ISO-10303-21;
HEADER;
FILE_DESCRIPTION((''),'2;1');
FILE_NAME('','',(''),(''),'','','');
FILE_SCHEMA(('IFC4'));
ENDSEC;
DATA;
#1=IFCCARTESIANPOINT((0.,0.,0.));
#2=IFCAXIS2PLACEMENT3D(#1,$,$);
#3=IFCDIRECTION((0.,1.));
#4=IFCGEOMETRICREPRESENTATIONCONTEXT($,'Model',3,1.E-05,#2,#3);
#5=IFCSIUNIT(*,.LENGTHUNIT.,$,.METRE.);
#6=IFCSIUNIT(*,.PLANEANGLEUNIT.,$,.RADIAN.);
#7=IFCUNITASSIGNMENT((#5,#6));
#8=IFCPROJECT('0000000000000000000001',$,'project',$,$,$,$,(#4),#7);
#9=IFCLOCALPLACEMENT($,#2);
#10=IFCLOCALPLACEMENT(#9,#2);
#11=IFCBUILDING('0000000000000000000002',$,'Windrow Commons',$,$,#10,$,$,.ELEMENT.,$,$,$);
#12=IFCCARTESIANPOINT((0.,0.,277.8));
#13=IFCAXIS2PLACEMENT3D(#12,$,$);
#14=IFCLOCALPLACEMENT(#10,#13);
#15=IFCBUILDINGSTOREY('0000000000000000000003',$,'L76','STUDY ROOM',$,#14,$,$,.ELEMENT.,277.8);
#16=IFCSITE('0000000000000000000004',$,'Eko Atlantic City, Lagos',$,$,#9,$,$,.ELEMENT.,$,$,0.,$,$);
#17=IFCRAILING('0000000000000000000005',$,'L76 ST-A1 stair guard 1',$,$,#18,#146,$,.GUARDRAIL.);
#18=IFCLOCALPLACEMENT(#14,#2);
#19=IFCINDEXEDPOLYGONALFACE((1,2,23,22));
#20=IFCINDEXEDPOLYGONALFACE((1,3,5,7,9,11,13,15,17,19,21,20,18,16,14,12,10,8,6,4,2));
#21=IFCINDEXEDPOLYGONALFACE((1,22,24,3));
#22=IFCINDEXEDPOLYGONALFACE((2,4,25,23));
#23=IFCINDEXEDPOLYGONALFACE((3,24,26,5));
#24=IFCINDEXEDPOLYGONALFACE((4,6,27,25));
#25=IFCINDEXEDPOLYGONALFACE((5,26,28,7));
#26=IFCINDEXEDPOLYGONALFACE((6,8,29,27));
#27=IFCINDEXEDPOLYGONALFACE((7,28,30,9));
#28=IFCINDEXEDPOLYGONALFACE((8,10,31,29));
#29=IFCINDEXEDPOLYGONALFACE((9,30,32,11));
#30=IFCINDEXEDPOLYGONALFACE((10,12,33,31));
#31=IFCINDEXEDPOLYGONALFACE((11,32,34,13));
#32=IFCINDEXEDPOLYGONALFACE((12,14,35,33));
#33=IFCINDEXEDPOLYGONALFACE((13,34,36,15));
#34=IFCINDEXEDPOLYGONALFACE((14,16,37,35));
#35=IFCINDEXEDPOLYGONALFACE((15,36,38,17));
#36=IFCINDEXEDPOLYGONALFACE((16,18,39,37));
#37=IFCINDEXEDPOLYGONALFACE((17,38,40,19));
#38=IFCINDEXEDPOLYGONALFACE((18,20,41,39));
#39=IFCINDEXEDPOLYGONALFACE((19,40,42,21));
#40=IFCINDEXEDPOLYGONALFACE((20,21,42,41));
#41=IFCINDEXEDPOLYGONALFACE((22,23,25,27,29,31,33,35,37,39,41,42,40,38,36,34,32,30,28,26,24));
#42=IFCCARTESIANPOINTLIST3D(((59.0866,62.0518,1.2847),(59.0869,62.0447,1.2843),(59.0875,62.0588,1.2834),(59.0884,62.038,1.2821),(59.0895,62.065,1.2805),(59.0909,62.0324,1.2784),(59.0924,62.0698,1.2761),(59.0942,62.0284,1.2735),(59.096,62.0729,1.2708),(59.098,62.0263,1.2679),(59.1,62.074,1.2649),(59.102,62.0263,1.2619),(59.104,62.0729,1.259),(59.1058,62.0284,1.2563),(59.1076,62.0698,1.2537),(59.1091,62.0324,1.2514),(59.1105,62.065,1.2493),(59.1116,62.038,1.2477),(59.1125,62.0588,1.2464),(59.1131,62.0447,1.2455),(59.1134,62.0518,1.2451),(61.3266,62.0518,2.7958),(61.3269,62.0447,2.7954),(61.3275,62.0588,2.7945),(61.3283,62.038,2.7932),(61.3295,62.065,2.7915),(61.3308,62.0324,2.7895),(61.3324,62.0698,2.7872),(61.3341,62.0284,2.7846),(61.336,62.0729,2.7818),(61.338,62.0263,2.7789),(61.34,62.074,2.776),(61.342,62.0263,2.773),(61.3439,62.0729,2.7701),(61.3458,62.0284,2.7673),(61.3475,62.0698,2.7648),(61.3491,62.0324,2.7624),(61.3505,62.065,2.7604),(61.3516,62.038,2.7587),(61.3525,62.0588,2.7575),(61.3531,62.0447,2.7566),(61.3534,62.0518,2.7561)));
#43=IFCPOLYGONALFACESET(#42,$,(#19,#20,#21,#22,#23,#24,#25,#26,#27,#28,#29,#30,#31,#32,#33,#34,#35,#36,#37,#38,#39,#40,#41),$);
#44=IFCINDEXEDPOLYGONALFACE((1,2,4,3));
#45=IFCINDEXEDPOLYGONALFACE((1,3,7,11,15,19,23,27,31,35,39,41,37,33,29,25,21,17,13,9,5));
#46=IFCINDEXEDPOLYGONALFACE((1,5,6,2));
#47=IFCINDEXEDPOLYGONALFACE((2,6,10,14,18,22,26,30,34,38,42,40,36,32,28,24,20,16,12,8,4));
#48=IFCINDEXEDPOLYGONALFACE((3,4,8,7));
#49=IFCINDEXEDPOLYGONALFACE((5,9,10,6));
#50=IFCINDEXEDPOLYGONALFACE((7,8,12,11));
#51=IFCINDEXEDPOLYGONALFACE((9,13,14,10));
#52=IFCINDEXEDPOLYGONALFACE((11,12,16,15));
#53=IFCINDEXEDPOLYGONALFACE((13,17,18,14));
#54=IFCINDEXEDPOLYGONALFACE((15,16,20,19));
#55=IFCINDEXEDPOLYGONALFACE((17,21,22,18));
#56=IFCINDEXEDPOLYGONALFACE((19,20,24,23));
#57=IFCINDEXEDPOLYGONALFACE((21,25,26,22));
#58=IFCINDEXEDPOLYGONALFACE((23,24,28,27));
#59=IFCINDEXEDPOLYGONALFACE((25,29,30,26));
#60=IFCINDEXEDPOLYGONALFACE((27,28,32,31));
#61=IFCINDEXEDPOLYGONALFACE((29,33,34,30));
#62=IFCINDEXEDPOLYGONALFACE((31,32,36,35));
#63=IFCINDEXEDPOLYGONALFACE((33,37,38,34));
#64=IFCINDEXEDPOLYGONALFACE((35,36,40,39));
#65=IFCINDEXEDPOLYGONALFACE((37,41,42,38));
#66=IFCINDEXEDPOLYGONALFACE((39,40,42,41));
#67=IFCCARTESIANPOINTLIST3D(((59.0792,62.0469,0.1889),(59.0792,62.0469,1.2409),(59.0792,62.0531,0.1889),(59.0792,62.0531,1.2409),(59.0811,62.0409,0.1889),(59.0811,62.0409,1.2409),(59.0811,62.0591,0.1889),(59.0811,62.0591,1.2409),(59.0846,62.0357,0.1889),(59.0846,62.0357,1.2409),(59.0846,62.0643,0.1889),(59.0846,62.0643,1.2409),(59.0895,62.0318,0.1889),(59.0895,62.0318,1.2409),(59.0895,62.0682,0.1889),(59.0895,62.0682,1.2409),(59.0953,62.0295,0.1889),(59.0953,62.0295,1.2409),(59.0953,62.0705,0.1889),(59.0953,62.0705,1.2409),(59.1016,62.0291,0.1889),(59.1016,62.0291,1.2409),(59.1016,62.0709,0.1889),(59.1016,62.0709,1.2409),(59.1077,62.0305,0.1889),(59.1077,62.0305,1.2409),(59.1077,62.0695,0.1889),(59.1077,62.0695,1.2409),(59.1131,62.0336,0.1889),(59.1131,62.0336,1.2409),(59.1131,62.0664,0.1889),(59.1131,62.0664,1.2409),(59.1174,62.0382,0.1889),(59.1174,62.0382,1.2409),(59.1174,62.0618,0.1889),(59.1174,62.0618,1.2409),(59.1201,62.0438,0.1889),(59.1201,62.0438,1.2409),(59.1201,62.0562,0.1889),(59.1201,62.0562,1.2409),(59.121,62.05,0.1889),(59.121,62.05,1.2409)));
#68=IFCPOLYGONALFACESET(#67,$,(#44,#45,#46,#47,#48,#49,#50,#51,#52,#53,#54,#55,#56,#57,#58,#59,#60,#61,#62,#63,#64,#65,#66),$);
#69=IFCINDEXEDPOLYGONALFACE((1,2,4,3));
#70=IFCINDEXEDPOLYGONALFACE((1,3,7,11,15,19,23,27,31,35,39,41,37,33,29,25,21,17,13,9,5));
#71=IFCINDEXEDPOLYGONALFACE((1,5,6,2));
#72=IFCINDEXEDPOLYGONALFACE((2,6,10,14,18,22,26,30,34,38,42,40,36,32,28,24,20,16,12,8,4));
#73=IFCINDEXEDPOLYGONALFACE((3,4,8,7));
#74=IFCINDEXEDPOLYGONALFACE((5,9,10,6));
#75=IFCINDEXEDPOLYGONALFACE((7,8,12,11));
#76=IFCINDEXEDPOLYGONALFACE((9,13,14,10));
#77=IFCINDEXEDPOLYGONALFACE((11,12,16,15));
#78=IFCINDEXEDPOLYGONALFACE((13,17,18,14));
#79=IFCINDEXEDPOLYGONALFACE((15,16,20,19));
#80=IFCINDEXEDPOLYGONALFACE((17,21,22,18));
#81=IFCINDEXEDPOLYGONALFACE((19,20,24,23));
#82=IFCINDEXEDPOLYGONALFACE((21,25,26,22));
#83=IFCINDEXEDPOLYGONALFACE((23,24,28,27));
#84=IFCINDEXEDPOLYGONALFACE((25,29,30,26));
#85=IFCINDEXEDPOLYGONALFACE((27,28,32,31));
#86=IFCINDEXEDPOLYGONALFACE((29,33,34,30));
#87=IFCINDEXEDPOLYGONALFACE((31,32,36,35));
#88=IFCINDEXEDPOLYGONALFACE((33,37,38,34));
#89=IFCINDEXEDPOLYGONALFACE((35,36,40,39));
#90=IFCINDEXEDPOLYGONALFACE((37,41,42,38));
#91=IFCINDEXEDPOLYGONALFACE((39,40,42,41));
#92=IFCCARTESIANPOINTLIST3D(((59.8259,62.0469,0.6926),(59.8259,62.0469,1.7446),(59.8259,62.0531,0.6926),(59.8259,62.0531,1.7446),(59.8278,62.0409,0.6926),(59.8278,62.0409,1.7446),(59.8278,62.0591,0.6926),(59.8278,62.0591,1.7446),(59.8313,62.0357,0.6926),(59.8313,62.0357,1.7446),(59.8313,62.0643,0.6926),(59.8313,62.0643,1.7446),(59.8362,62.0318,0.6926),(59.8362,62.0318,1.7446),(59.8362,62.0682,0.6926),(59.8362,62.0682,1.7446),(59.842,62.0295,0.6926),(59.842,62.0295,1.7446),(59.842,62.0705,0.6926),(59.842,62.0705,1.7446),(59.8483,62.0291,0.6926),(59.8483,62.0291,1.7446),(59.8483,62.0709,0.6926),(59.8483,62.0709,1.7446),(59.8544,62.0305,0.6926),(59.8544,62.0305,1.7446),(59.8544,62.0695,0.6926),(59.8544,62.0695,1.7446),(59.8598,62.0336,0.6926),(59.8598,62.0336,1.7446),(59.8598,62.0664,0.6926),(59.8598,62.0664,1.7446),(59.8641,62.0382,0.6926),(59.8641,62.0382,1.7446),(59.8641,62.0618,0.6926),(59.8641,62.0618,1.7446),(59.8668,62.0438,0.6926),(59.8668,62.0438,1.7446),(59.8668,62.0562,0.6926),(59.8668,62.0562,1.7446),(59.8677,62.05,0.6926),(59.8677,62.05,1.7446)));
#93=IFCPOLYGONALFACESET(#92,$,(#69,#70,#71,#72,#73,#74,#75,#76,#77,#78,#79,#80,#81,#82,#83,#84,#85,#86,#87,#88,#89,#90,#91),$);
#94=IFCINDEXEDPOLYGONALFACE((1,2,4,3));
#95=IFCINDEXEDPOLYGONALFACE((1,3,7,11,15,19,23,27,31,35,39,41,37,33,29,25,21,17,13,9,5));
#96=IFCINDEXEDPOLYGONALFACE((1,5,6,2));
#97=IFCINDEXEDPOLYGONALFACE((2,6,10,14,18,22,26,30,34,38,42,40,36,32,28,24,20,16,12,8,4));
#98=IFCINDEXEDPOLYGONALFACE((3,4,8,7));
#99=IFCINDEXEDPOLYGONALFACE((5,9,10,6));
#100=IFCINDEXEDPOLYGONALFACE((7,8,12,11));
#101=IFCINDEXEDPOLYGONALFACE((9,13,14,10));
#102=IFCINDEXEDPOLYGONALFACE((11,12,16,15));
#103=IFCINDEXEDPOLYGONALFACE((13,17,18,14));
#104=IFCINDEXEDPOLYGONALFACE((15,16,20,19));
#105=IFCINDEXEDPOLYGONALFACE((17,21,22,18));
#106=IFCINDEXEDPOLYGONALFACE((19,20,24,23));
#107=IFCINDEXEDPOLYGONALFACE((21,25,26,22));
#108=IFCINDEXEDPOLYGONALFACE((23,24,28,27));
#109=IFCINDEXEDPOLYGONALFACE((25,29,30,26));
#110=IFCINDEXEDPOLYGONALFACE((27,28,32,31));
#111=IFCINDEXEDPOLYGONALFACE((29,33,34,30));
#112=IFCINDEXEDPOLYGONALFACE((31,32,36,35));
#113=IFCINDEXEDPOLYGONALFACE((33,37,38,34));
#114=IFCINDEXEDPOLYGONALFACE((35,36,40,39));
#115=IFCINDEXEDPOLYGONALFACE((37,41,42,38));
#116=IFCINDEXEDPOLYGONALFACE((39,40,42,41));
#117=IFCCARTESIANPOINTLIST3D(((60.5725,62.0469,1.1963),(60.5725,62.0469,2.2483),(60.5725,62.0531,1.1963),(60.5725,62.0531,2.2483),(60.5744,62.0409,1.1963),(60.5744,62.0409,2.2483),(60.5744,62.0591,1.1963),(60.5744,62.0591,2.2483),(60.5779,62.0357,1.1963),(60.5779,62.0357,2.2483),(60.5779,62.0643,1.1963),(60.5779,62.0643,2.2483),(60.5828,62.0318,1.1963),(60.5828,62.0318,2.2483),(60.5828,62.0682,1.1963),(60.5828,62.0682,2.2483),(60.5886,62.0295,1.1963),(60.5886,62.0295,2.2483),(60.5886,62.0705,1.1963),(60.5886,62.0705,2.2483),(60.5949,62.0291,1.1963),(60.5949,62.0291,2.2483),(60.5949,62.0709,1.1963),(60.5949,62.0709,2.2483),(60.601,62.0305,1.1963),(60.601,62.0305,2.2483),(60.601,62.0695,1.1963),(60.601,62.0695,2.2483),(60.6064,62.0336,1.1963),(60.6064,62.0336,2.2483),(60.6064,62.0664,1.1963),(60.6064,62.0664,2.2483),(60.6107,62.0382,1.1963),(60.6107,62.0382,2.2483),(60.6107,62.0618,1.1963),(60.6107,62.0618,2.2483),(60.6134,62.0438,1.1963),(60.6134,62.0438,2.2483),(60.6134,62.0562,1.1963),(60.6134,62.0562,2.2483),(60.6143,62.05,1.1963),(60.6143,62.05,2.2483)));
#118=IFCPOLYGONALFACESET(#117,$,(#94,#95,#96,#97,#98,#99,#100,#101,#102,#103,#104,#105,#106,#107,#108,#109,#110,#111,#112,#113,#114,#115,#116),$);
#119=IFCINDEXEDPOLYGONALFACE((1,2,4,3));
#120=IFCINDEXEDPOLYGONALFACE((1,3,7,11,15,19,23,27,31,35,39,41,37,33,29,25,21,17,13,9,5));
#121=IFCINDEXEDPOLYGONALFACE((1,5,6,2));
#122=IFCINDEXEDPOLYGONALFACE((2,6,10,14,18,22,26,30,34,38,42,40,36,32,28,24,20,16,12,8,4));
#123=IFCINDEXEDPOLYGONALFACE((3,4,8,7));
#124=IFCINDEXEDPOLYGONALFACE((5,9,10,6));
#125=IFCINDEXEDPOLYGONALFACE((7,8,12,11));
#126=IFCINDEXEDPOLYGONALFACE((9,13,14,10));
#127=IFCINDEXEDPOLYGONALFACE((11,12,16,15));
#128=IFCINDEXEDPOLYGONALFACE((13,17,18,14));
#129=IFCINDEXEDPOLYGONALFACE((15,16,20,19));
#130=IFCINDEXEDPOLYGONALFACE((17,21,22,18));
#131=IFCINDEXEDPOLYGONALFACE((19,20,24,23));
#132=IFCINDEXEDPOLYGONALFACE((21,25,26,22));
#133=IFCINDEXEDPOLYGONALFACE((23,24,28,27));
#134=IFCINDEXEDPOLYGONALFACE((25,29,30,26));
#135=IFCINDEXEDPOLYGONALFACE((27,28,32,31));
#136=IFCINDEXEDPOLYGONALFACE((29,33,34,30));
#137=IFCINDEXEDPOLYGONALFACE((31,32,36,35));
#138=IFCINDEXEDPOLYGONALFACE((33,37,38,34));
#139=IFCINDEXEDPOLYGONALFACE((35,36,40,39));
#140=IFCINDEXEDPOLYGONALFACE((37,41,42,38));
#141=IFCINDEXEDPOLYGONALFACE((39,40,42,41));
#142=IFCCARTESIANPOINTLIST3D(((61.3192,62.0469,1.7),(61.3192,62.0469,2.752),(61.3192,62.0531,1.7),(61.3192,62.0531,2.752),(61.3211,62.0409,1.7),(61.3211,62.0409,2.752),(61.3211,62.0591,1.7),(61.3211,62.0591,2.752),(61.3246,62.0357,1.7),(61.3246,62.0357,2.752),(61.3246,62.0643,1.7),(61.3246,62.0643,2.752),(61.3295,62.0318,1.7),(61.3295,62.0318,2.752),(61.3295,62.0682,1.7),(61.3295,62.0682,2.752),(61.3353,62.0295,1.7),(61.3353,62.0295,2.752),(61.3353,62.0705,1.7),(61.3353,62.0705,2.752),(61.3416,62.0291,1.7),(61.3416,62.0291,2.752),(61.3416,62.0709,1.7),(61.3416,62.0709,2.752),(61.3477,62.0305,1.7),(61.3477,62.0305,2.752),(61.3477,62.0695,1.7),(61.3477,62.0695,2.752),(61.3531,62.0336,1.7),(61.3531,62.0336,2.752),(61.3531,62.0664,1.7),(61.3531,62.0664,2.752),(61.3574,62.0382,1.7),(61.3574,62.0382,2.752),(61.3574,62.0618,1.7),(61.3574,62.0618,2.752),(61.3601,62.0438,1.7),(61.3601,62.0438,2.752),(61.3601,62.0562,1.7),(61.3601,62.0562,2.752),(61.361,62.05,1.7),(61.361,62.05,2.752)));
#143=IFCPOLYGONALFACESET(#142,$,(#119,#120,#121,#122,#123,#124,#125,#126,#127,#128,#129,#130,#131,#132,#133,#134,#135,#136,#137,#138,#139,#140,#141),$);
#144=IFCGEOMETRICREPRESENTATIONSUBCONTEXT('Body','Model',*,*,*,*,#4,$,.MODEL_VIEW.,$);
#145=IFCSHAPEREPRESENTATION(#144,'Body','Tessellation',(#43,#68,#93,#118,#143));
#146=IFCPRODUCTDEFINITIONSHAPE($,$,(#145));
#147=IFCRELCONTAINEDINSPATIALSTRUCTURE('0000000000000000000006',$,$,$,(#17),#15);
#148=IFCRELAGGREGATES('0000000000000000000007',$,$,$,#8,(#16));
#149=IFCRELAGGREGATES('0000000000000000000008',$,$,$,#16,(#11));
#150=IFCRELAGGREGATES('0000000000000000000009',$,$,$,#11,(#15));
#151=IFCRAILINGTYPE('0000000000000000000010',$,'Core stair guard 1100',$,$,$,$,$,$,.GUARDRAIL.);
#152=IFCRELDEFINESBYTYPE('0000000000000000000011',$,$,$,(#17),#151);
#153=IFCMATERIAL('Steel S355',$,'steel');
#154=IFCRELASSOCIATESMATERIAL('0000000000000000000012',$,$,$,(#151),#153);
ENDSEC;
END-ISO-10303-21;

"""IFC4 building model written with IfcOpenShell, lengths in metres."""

from ifc_helpers import new_model, si_unit, direction, frame, origin, origin_2d, place, context, subcontext, project, spatial, circle, extrude, material, type_object, element, save


model = new_model("IFC4")

# Units and contexts
model_context = context("Model", 3, precision=1e-05, world=origin(), true_north=direction((0.0, 1.0)))
body_context = subcontext(model_context, "Body", "Model", "MODEL_VIEW")
ifc_project = project(units=[si_unit("LENGTHUNIT", "METRE"), si_unit("PLANEANGLEUNIT", "RADIAN")], contexts=[model_context])

# Site, building, storey
site_placement = place(None, origin())
site = spatial("IfcSite", under=ifc_project, at=site_placement, Name="Eko Atlantic City, Lagos", CompositionType="ELEMENT", RefElevation=0.0)
building_placement = place(site_placement, origin())
building = spatial("IfcBuilding", under=site, at=building_placement, Name="Windrow Commons", CompositionType="ELEMENT")
storey_placement = place(building_placement, frame((0.0, 0.0, 277.8)))
storey = spatial("IfcBuildingStorey", under=building, at=storey_placement, Name="L76", Description="STUDY ROOM", CompositionType="ELEMENT", Elevation=277.8)

# Railing
ifc_material_1 = material(Name="Steel S355", Category="steel")
railing_type = type_object("IfcRailingType", Name="Core stair guard 1100", PredefinedType="GUARDRAIL", material=ifc_material_1)
railing_1_placement = place(storey_placement, frame((59.1, 62.05, 0.1889)))
element("IfcRailing", 1, at=railing_1_placement, inside=storey, type_object=railing_type, Name="L76 ST-A1 stair guard 1", PredefinedType="GUARDRAIL", context=body_context, shape_type="SweptSolid", body=[
    extrude(circle(Radius=0.024, at=origin_2d()), frame((0.0, 0.0, 1.076), z_axis=(0.829003, 0.0, 0.559244), x_axis=(0.0, 1.0, 0.0)), (0.0, 0.0, 1.0), 2.702),
    extrude(circle(Radius=0.021, at=origin_2d()), origin(), (0.0, 0.0, 1.0), 1.052),
    extrude(circle(Radius=0.021, at=origin_2d()), frame((0.7467, 0.0, 0.5037)), (0.0, 0.0, 1.0), 1.052),
    extrude(circle(Radius=0.021, at=origin_2d()), frame((1.4933, 0.0, 1.0074)), (0.0, 0.0, 1.0), 1.052),
    extrude(circle(Radius=0.021, at=origin_2d()), frame((2.24, 0.0, 1.5111)), (0.0, 0.0, 1.0), 1.052),
])

save(model, "model.ifc")
